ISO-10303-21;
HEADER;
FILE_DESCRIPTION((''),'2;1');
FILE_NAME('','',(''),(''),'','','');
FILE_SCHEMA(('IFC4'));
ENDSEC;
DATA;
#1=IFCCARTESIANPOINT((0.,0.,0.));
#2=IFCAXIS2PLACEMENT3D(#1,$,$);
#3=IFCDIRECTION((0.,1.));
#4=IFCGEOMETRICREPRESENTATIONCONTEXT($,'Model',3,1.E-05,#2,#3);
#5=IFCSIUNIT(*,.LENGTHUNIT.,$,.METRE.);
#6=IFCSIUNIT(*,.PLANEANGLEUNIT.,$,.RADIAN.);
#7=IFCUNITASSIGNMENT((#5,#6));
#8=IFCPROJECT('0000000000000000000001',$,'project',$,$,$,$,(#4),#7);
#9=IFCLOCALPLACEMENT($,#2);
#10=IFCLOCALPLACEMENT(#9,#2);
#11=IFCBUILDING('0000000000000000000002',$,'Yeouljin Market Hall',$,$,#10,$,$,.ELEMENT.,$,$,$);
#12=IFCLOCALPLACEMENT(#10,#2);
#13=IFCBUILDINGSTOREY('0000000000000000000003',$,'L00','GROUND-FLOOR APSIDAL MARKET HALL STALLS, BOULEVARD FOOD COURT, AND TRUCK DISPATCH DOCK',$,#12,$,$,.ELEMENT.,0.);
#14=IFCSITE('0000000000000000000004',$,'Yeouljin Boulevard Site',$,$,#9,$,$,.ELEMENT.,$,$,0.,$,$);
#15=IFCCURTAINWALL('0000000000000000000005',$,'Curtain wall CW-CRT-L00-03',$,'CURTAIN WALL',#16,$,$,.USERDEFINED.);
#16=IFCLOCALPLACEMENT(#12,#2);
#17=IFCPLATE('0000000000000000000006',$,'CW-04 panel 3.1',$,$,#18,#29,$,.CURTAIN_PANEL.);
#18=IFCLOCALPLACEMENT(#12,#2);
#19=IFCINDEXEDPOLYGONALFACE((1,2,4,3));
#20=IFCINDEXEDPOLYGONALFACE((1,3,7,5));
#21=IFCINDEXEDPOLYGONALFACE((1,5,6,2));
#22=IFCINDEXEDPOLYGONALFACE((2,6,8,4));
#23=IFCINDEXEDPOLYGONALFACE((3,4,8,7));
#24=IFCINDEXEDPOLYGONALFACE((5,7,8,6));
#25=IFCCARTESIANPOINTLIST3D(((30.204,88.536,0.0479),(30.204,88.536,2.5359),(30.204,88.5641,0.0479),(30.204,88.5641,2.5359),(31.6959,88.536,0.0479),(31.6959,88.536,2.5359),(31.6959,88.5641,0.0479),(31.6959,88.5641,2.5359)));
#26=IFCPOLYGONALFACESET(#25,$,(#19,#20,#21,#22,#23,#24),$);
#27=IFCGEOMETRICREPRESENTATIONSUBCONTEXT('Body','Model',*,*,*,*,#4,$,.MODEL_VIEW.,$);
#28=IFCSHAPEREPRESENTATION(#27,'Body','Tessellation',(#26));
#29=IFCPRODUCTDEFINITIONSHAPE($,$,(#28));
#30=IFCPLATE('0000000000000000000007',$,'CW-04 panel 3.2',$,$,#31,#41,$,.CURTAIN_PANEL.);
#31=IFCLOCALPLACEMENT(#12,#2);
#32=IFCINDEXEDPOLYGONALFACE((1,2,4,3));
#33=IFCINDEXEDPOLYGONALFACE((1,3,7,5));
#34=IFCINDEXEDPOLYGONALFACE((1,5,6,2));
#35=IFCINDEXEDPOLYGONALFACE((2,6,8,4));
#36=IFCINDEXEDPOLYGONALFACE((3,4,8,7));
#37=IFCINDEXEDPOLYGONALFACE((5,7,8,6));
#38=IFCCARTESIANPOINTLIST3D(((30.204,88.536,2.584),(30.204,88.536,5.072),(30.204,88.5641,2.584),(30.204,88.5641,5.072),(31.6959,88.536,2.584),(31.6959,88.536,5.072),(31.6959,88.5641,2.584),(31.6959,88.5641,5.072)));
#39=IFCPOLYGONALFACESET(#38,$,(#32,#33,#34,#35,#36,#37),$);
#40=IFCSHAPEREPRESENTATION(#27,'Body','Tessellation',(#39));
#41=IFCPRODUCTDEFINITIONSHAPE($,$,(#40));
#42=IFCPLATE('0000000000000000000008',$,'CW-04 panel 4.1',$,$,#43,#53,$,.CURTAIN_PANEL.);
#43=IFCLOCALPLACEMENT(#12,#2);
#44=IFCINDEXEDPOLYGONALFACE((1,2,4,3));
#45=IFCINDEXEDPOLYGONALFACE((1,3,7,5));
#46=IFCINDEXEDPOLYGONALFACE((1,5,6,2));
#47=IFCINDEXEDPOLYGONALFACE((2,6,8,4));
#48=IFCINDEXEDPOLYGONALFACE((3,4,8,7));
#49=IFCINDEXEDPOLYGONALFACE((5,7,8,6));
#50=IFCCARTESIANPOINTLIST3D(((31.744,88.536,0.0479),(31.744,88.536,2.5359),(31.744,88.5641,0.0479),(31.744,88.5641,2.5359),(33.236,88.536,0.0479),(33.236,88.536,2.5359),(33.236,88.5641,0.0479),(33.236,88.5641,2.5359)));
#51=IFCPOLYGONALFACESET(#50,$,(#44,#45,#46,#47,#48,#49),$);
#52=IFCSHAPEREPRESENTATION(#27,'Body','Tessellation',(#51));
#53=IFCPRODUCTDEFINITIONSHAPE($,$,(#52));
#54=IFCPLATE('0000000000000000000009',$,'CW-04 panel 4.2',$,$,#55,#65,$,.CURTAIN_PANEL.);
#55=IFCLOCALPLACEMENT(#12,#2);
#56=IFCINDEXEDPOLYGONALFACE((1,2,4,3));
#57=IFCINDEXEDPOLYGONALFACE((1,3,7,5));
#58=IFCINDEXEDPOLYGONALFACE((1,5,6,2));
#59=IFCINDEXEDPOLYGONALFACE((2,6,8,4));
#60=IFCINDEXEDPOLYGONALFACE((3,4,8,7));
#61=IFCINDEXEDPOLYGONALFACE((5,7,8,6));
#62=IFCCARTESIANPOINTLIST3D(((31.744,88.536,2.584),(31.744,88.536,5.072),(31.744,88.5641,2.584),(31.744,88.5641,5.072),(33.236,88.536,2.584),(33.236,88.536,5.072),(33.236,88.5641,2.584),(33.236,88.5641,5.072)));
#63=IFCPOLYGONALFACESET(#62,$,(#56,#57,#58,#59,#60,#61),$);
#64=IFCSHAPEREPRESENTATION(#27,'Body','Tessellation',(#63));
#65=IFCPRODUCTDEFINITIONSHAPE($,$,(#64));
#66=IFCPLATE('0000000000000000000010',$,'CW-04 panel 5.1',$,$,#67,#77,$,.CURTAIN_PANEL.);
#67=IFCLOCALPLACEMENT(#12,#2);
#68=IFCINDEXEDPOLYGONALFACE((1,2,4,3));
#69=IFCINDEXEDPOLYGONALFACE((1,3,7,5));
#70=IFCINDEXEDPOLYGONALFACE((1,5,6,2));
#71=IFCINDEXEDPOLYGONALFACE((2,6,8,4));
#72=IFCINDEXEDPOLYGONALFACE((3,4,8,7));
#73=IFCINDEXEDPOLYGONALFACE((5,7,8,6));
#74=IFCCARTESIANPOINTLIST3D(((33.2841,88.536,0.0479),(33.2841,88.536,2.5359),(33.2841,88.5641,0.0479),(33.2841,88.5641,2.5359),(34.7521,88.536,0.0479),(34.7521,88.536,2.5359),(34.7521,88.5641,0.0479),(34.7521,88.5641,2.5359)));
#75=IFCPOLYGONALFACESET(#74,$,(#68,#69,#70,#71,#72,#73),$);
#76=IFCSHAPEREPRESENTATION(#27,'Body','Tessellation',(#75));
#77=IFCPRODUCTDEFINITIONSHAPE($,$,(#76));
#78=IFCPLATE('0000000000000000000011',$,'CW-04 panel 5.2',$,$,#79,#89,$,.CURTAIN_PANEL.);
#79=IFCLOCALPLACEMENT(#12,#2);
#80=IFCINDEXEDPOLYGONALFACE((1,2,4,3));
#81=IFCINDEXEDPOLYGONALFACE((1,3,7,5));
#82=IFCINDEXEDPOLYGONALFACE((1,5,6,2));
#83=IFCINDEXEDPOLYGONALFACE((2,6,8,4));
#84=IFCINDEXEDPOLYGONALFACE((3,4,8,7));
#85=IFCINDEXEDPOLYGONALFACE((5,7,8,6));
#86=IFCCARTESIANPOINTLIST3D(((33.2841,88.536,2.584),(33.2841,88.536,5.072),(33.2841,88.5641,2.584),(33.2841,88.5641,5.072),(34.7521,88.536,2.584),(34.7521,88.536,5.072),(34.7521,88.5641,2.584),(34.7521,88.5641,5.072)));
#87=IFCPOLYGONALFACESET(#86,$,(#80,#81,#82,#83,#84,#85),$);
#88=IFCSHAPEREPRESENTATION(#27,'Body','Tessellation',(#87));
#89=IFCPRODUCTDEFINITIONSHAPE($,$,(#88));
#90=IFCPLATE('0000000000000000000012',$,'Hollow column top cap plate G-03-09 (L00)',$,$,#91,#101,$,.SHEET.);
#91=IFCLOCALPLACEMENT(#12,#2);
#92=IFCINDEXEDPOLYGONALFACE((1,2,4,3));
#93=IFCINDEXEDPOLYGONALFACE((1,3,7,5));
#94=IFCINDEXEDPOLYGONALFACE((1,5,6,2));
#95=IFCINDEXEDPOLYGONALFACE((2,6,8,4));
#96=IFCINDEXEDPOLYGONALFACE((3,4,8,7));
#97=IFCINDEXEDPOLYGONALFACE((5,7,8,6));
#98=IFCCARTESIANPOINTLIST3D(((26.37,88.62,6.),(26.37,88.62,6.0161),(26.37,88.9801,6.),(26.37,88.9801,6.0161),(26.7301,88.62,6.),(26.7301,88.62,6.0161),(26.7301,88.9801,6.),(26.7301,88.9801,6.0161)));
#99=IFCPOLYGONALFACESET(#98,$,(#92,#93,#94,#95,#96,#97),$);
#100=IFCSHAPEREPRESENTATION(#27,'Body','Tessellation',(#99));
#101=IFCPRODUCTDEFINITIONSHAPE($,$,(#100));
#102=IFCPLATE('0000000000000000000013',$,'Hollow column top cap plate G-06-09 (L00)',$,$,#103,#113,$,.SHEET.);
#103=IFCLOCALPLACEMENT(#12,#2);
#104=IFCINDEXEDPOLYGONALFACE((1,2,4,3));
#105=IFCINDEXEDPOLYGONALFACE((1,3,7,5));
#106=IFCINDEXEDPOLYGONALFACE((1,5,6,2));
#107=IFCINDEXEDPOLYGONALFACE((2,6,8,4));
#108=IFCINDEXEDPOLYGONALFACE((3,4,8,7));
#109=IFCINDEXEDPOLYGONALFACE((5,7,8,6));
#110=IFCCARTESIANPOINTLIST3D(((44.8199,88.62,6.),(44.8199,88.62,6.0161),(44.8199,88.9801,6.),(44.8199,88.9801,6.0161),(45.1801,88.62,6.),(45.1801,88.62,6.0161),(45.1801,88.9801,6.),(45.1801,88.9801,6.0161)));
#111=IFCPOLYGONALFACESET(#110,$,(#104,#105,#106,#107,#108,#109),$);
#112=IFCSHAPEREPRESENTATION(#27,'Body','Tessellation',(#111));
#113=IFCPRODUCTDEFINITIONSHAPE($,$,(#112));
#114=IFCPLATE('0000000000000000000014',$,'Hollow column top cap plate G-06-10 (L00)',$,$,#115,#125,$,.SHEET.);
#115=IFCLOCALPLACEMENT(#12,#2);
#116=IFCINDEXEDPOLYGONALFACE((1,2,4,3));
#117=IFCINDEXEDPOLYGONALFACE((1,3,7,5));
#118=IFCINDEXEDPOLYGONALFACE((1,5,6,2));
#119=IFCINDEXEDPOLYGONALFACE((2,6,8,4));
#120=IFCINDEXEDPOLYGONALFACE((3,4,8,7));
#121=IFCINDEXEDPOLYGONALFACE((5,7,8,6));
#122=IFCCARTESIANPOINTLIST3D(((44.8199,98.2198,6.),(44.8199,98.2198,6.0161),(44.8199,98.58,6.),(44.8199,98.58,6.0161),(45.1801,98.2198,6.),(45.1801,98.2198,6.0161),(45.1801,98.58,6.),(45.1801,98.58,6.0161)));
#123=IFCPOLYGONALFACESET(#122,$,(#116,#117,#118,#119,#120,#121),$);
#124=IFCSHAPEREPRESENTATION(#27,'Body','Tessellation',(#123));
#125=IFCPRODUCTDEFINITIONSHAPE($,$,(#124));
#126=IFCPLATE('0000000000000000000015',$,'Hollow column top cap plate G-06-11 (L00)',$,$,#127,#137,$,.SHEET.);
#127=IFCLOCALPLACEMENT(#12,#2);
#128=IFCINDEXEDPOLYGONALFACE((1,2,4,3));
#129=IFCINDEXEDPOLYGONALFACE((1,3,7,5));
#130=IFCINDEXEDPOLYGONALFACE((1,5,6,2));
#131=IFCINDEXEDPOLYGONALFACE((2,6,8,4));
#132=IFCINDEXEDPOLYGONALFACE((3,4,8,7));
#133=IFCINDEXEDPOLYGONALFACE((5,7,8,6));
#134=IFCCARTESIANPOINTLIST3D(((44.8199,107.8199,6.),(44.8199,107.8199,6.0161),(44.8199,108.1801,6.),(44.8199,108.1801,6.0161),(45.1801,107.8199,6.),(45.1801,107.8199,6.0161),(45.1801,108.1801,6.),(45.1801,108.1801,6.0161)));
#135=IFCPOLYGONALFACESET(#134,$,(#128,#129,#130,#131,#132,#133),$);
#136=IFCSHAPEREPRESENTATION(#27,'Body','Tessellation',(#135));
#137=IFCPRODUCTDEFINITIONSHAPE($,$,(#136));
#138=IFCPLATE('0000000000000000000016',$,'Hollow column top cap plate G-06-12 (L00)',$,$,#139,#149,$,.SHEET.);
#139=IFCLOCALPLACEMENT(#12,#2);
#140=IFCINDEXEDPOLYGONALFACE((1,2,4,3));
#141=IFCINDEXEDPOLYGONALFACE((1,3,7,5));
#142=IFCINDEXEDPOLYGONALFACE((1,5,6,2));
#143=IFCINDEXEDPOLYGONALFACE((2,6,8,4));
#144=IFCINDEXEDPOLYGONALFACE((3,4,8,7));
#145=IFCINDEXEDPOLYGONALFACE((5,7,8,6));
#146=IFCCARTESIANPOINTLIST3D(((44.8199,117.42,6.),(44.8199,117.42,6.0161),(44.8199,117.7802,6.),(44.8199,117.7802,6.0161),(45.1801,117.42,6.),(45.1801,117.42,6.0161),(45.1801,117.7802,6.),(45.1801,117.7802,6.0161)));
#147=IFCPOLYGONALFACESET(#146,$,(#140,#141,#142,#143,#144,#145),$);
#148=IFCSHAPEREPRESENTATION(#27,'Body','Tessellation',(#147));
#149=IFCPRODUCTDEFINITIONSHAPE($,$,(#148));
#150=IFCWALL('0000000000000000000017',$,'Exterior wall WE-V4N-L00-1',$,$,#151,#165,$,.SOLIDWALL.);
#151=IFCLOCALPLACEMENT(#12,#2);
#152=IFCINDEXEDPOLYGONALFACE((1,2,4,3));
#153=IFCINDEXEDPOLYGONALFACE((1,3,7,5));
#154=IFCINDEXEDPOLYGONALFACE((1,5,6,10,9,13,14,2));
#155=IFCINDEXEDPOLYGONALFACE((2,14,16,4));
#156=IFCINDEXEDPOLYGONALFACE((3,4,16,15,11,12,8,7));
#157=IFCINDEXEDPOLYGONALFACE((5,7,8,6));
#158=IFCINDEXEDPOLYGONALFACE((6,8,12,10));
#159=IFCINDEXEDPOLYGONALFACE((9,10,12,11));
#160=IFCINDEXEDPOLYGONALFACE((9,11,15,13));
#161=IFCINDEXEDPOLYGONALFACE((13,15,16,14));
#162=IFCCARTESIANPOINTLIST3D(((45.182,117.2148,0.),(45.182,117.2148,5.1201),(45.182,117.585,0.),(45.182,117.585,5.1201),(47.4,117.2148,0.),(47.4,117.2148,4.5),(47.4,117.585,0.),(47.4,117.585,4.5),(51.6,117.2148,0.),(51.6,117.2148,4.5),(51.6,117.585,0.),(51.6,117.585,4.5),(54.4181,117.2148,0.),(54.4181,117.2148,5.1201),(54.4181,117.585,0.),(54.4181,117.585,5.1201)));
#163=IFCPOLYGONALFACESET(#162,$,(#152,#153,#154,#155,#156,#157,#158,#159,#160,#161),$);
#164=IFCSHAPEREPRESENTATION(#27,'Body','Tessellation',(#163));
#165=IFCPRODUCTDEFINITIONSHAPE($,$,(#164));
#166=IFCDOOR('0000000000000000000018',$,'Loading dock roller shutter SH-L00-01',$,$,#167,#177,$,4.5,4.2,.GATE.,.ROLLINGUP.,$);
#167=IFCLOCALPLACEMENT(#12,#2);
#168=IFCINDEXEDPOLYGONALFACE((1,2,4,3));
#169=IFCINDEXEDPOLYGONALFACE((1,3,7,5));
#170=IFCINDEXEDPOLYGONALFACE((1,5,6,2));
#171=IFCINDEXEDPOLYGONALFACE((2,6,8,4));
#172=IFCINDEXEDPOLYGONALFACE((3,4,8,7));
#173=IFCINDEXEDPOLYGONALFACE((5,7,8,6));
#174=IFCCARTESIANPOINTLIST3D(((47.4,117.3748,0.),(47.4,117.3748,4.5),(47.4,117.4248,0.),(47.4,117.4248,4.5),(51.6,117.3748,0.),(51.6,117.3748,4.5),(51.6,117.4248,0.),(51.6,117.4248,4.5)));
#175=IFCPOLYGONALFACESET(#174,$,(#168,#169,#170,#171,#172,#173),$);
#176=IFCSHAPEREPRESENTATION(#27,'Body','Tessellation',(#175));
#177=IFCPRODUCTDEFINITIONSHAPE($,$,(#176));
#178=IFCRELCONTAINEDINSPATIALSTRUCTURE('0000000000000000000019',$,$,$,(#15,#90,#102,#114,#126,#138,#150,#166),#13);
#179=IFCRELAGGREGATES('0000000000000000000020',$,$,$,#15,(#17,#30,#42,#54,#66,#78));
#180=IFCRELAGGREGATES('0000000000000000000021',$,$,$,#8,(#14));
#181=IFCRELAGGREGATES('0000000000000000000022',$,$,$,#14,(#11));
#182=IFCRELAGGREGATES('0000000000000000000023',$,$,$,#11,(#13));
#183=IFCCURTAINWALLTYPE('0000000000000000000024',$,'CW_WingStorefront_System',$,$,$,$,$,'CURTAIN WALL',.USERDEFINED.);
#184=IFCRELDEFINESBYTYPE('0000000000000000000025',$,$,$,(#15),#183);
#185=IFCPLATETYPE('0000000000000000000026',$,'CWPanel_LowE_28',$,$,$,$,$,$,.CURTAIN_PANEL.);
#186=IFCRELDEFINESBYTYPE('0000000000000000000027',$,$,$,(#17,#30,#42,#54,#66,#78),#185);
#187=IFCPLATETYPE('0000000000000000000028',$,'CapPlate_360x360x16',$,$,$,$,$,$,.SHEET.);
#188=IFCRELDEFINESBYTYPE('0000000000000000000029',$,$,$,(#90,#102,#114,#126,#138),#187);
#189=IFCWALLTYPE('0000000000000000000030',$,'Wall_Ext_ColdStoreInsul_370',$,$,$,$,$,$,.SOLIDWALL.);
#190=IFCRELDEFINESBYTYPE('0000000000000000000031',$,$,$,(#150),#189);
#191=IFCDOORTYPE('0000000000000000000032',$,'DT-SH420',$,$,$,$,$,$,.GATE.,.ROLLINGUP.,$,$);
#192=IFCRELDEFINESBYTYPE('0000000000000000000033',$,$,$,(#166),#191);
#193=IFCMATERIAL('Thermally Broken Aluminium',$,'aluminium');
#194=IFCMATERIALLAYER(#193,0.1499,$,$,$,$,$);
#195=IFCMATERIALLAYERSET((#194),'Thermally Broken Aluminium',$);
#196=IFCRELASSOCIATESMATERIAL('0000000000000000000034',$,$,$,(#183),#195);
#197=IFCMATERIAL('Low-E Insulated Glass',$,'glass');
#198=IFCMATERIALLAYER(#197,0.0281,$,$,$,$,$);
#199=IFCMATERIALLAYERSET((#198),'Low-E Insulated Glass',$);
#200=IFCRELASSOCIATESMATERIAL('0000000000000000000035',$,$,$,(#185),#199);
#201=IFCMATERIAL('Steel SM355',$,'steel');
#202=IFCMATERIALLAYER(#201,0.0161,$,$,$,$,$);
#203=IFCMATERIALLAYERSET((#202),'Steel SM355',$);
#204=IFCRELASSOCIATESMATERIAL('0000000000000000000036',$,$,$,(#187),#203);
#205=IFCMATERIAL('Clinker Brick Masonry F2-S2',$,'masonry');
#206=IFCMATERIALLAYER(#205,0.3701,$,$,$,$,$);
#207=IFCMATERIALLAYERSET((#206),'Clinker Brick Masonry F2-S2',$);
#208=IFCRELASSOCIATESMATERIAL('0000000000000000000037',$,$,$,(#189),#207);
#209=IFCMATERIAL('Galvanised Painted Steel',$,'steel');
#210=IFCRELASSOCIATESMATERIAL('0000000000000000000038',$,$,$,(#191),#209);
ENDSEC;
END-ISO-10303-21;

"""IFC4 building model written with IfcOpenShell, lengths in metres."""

from ifc_helpers import new_model, si_unit, direction, frame, frame_2d, origin, origin_2d, place, context, subcontext, project, spatial, rectangle, extrude, material, layer, layer_set, type_object, element, fill, aggregate, save


model = new_model("IFC4")

# Units and contexts
model_context = context("Model", 3, precision=1e-05, world=origin(), true_north=direction((0.0, 1.0)))
body_context = subcontext(model_context, "Body", "Model", "MODEL_VIEW")
ifc_project = project(units=[si_unit("LENGTHUNIT", "METRE"), si_unit("PLANEANGLEUNIT", "RADIAN")], contexts=[model_context])

# Site, building, storey
site_placement = place(None, origin())
site = spatial("IfcSite", under=ifc_project, at=site_placement, Name="Yeouljin Boulevard Site", CompositionType="ELEMENT", RefElevation=0.0)
building_placement = place(site_placement, origin())
building = spatial("IfcBuilding", under=site, at=building_placement, Name="Yeouljin Market Hall", CompositionType="ELEMENT")
storey_placement = place(building_placement, origin())
storey = spatial("IfcBuildingStorey", under=building, at=storey_placement, Name="L00", Description="GROUND-FLOOR APSIDAL MARKET HALL STALLS, BOULEVARD FOOD COURT, AND TRUCK DISPATCH DOCK", CompositionType="ELEMENT", Elevation=0.0)

# Curtain wall, plates
ifc_material_1 = material(Name="Thermally Broken Aluminium", Category="aluminium")
ifc_layer_1 = layer(ifc_material_1, 0.1499)
ifc_layer_set_1 = layer_set([ifc_layer_1], Name="Thermally Broken Aluminium")
curtain_wall_type = type_object("IfcCurtainWallType", Name="CW_WingStorefront_System", ElementType="CURTAIN WALL", PredefinedType="USERDEFINED", material=ifc_layer_set_1)
curtain_wall_placement = place(storey_placement, origin())
curtain_wall = element("IfcCurtainWall", 1, at=curtain_wall_placement, inside=storey, type_object=curtain_wall_type, Name="Curtain wall CW-CRT-L00-03", ObjectType="CURTAIN WALL", PredefinedType="USERDEFINED")
ifc_material_2 = material(Name="Low-E Insulated Glass", Category="glass")
ifc_layer_2 = layer(ifc_material_2, 0.0281)
ifc_layer_set_2 = layer_set([ifc_layer_2], Name="Low-E Insulated Glass")
plate_type_1 = type_object("IfcPlateType", Name="CWPanel_LowE_28", PredefinedType="CURTAIN_PANEL", material=ifc_layer_set_2)
plate_1_placement = place(storey_placement, frame((30.95, 88.55, 0.0479), z_axis=(0.0, 0.0, 1.0), x_axis=(1.0, 0.0, 0.0)))
plate_1 = element("IfcPlate", 2, at=plate_1_placement, type_object=plate_type_1, Name="CW-04 panel 3.1", PredefinedType="CURTAIN_PANEL", context=body_context, shape_type="SweptSolid", body=[
    extrude(rectangle(XDim=1.4919, YDim=0.0281, at=origin_2d()), origin(), (0.0, 0.0, 1.0), 2.488),
])
plate_2_placement = place(storey_placement, frame((30.95, 88.55, 2.584), z_axis=(0.0, 0.0, 1.0), x_axis=(1.0, 0.0, 0.0)))
plate_2 = element("IfcPlate", 3, at=plate_2_placement, type_object=plate_type_1, Name="CW-04 panel 3.2", PredefinedType="CURTAIN_PANEL", context=body_context, shape_type="SweptSolid", body=[
    extrude(rectangle(XDim=1.4919, YDim=0.0281, at=origin_2d()), origin(), (0.0, 0.0, 1.0), 2.488),
])
plate_3_placement = place(storey_placement, frame((32.49, 88.55, 0.0479), z_axis=(0.0, 0.0, 1.0), x_axis=(1.0, 0.0, 0.0)))
plate_3 = element("IfcPlate", 4, at=plate_3_placement, type_object=plate_type_1, Name="CW-04 panel 4.1", PredefinedType="CURTAIN_PANEL", context=body_context, shape_type="SweptSolid", body=[
    extrude(rectangle(XDim=1.4919, YDim=0.0281, at=origin_2d()), origin(), (0.0, 0.0, 1.0), 2.488),
])
plate_4_placement = place(storey_placement, frame((32.49, 88.55, 2.584), z_axis=(0.0, 0.0, 1.0), x_axis=(1.0, 0.0, 0.0)))
plate_4 = element("IfcPlate", 5, at=plate_4_placement, type_object=plate_type_1, Name="CW-04 panel 4.2", PredefinedType="CURTAIN_PANEL", context=body_context, shape_type="SweptSolid", body=[
    extrude(rectangle(XDim=1.4919, YDim=0.0281, at=origin_2d()), origin(), (0.0, 0.0, 1.0), 2.488),
])
plate_5_placement = place(storey_placement, frame((34.0181, 88.55, 0.0479), z_axis=(0.0, 0.0, 1.0), x_axis=(1.0, 0.0, 0.0)))
plate_5 = element("IfcPlate", 6, at=plate_5_placement, type_object=plate_type_1, Name="CW-04 panel 5.1", PredefinedType="CURTAIN_PANEL", context=body_context, shape_type="SweptSolid", body=[
    extrude(rectangle(XDim=1.468, YDim=0.0281, at=origin_2d()), origin(), (0.0, 0.0, 1.0), 2.488),
])
plate_6_placement = place(storey_placement, frame((34.0181, 88.55, 2.584), z_axis=(0.0, 0.0, 1.0), x_axis=(1.0, 0.0, 0.0)))
plate_6 = element("IfcPlate", 7, at=plate_6_placement, type_object=plate_type_1, Name="CW-04 panel 5.2", PredefinedType="CURTAIN_PANEL", context=body_context, shape_type="SweptSolid", body=[
    extrude(rectangle(XDim=1.468, YDim=0.0281, at=origin_2d()), origin(), (0.0, 0.0, 1.0), 2.488),
])
aggregate(curtain_wall, [plate_1, plate_2, plate_3, plate_4, plate_5, plate_6])

# Plates
ifc_material_3 = material(Name="Steel SM355", Category="steel")
ifc_layer_3 = layer(ifc_material_3, 0.0161)
ifc_layer_set_3 = layer_set([ifc_layer_3], Name="Steel SM355")
plate_type_2 = type_object("IfcPlateType", Name="CapPlate_360x360x16", PredefinedType="SHEET", material=ifc_layer_set_3)
for number, where, z_axis, x_axis, name in (
    (8, (26.55, 88.8, 6.0), (0.0, 0.0, 1.0), (1.0, 0.0, 0.0), "Hollow column top cap plate G-03-09 (L00)"),
    (9, (45.0, 88.8, 6.0), (0.0, 0.0, 1.0), (1.0, 0.0, 0.0), "Hollow column top cap plate G-06-09 (L00)"),
    (10, (45.0, 98.3999, 6.0), (0.0, 0.0, 1.0), (1.0, 0.0, 0.0), "Hollow column top cap plate G-06-10 (L00)"),
    (11, (45.0, 108.0, 6.0), (0.0, 0.0, 1.0), (1.0, 0.0, 0.0), "Hollow column top cap plate G-06-11 (L00)"),
    (12, (45.0, 117.6001, 6.0), (0.0, 0.0, 1.0), (1.0, 0.0, 0.0), "Hollow column top cap plate G-06-12 (L00)"),
):
    element("IfcPlate", number, at=place(storey_placement, frame(where, z_axis=z_axis, x_axis=x_axis)), inside=storey, type_object=plate_type_2, Name=name, PredefinedType="SHEET", context=body_context, shape_type="SweptSolid", body=[
        extrude(rectangle(XDim=0.3601, YDim=0.3601, at=origin_2d()), origin(), (0.0, 0.0, 1.0), 0.0161),
    ])

# Wall, opening, door
ifc_material_4 = material(Name="Clinker Brick Masonry F2-S2", Category="masonry")
ifc_layer_4 = layer(ifc_material_4, 0.3701)
ifc_layer_set_4 = layer_set([ifc_layer_4], Name="Clinker Brick Masonry F2-S2")
wall_type = type_object("IfcWallType", Name="Wall_Ext_ColdStoreInsul_370", PredefinedType="SOLIDWALL", material=ifc_layer_set_4)
wall_placement = place(storey_placement, frame((45.1819, 117.3999, 0.0), z_axis=(0.0, 0.0, 1.0), x_axis=(1.0, 0.0, 0.0)))
wall = element("IfcWall", 13, at=wall_placement, inside=storey, type_object=wall_type, Name="Exterior wall WE-V4N-L00-1", PredefinedType="SOLIDWALL", context=body_context, shape_type="SweptSolid", body=[
    extrude(rectangle(XDim=9.2361, YDim=0.3701, at=frame_2d((4.6182, 0.0))), origin(), (0.0, 0.0, 1.0), 5.1201),
])
opening_placement = place(wall_placement, frame((2.218, 0.0, 0.0)))
opening = element("IfcOpeningElement", 14, at=opening_placement, cuts=wall, PredefinedType="OPENING", context=body_context, shape_type="SweptSolid", body=[
    extrude(rectangle(XDim=4.2, YDim=4.5, at=frame_2d((2.1001, 2.25))), frame((0.0, 0.1951, 0.0), z_axis=(0.0, -1.0, 0.0), x_axis=(1.0, 0.0, 0.0)), (0.0, 0.0, 1.0), 0.3901),
])
ifc_material_5 = material(Name="Galvanised Painted Steel", Category="steel")
door_type = type_object("IfcDoorType", Name="DT-SH420", OperationType="ROLLINGUP", PredefinedType="GATE", material=ifc_material_5)
door_placement = place(opening_placement, origin())
door = element("IfcDoor", 15, at=door_placement, inside=storey, type_object=door_type, Name="Loading dock roller shutter SH-L00-01", OperationType="ROLLINGUP", OverallHeight=4.5, OverallWidth=4.2, PredefinedType="GATE", context=body_context, shape_type="SweptSolid", body=[
    extrude(rectangle(XDim=4.2, YDim=4.5, at=frame_2d((2.1001, 2.25))), frame((0.0, 0.0249, 0.0), z_axis=(0.0, -1.0, 0.0), x_axis=(1.0, 0.0, 0.0)), (0.0, 0.0, 1.0), 0.05),
])
fill(opening, door)

save(model, "model.ifc")
